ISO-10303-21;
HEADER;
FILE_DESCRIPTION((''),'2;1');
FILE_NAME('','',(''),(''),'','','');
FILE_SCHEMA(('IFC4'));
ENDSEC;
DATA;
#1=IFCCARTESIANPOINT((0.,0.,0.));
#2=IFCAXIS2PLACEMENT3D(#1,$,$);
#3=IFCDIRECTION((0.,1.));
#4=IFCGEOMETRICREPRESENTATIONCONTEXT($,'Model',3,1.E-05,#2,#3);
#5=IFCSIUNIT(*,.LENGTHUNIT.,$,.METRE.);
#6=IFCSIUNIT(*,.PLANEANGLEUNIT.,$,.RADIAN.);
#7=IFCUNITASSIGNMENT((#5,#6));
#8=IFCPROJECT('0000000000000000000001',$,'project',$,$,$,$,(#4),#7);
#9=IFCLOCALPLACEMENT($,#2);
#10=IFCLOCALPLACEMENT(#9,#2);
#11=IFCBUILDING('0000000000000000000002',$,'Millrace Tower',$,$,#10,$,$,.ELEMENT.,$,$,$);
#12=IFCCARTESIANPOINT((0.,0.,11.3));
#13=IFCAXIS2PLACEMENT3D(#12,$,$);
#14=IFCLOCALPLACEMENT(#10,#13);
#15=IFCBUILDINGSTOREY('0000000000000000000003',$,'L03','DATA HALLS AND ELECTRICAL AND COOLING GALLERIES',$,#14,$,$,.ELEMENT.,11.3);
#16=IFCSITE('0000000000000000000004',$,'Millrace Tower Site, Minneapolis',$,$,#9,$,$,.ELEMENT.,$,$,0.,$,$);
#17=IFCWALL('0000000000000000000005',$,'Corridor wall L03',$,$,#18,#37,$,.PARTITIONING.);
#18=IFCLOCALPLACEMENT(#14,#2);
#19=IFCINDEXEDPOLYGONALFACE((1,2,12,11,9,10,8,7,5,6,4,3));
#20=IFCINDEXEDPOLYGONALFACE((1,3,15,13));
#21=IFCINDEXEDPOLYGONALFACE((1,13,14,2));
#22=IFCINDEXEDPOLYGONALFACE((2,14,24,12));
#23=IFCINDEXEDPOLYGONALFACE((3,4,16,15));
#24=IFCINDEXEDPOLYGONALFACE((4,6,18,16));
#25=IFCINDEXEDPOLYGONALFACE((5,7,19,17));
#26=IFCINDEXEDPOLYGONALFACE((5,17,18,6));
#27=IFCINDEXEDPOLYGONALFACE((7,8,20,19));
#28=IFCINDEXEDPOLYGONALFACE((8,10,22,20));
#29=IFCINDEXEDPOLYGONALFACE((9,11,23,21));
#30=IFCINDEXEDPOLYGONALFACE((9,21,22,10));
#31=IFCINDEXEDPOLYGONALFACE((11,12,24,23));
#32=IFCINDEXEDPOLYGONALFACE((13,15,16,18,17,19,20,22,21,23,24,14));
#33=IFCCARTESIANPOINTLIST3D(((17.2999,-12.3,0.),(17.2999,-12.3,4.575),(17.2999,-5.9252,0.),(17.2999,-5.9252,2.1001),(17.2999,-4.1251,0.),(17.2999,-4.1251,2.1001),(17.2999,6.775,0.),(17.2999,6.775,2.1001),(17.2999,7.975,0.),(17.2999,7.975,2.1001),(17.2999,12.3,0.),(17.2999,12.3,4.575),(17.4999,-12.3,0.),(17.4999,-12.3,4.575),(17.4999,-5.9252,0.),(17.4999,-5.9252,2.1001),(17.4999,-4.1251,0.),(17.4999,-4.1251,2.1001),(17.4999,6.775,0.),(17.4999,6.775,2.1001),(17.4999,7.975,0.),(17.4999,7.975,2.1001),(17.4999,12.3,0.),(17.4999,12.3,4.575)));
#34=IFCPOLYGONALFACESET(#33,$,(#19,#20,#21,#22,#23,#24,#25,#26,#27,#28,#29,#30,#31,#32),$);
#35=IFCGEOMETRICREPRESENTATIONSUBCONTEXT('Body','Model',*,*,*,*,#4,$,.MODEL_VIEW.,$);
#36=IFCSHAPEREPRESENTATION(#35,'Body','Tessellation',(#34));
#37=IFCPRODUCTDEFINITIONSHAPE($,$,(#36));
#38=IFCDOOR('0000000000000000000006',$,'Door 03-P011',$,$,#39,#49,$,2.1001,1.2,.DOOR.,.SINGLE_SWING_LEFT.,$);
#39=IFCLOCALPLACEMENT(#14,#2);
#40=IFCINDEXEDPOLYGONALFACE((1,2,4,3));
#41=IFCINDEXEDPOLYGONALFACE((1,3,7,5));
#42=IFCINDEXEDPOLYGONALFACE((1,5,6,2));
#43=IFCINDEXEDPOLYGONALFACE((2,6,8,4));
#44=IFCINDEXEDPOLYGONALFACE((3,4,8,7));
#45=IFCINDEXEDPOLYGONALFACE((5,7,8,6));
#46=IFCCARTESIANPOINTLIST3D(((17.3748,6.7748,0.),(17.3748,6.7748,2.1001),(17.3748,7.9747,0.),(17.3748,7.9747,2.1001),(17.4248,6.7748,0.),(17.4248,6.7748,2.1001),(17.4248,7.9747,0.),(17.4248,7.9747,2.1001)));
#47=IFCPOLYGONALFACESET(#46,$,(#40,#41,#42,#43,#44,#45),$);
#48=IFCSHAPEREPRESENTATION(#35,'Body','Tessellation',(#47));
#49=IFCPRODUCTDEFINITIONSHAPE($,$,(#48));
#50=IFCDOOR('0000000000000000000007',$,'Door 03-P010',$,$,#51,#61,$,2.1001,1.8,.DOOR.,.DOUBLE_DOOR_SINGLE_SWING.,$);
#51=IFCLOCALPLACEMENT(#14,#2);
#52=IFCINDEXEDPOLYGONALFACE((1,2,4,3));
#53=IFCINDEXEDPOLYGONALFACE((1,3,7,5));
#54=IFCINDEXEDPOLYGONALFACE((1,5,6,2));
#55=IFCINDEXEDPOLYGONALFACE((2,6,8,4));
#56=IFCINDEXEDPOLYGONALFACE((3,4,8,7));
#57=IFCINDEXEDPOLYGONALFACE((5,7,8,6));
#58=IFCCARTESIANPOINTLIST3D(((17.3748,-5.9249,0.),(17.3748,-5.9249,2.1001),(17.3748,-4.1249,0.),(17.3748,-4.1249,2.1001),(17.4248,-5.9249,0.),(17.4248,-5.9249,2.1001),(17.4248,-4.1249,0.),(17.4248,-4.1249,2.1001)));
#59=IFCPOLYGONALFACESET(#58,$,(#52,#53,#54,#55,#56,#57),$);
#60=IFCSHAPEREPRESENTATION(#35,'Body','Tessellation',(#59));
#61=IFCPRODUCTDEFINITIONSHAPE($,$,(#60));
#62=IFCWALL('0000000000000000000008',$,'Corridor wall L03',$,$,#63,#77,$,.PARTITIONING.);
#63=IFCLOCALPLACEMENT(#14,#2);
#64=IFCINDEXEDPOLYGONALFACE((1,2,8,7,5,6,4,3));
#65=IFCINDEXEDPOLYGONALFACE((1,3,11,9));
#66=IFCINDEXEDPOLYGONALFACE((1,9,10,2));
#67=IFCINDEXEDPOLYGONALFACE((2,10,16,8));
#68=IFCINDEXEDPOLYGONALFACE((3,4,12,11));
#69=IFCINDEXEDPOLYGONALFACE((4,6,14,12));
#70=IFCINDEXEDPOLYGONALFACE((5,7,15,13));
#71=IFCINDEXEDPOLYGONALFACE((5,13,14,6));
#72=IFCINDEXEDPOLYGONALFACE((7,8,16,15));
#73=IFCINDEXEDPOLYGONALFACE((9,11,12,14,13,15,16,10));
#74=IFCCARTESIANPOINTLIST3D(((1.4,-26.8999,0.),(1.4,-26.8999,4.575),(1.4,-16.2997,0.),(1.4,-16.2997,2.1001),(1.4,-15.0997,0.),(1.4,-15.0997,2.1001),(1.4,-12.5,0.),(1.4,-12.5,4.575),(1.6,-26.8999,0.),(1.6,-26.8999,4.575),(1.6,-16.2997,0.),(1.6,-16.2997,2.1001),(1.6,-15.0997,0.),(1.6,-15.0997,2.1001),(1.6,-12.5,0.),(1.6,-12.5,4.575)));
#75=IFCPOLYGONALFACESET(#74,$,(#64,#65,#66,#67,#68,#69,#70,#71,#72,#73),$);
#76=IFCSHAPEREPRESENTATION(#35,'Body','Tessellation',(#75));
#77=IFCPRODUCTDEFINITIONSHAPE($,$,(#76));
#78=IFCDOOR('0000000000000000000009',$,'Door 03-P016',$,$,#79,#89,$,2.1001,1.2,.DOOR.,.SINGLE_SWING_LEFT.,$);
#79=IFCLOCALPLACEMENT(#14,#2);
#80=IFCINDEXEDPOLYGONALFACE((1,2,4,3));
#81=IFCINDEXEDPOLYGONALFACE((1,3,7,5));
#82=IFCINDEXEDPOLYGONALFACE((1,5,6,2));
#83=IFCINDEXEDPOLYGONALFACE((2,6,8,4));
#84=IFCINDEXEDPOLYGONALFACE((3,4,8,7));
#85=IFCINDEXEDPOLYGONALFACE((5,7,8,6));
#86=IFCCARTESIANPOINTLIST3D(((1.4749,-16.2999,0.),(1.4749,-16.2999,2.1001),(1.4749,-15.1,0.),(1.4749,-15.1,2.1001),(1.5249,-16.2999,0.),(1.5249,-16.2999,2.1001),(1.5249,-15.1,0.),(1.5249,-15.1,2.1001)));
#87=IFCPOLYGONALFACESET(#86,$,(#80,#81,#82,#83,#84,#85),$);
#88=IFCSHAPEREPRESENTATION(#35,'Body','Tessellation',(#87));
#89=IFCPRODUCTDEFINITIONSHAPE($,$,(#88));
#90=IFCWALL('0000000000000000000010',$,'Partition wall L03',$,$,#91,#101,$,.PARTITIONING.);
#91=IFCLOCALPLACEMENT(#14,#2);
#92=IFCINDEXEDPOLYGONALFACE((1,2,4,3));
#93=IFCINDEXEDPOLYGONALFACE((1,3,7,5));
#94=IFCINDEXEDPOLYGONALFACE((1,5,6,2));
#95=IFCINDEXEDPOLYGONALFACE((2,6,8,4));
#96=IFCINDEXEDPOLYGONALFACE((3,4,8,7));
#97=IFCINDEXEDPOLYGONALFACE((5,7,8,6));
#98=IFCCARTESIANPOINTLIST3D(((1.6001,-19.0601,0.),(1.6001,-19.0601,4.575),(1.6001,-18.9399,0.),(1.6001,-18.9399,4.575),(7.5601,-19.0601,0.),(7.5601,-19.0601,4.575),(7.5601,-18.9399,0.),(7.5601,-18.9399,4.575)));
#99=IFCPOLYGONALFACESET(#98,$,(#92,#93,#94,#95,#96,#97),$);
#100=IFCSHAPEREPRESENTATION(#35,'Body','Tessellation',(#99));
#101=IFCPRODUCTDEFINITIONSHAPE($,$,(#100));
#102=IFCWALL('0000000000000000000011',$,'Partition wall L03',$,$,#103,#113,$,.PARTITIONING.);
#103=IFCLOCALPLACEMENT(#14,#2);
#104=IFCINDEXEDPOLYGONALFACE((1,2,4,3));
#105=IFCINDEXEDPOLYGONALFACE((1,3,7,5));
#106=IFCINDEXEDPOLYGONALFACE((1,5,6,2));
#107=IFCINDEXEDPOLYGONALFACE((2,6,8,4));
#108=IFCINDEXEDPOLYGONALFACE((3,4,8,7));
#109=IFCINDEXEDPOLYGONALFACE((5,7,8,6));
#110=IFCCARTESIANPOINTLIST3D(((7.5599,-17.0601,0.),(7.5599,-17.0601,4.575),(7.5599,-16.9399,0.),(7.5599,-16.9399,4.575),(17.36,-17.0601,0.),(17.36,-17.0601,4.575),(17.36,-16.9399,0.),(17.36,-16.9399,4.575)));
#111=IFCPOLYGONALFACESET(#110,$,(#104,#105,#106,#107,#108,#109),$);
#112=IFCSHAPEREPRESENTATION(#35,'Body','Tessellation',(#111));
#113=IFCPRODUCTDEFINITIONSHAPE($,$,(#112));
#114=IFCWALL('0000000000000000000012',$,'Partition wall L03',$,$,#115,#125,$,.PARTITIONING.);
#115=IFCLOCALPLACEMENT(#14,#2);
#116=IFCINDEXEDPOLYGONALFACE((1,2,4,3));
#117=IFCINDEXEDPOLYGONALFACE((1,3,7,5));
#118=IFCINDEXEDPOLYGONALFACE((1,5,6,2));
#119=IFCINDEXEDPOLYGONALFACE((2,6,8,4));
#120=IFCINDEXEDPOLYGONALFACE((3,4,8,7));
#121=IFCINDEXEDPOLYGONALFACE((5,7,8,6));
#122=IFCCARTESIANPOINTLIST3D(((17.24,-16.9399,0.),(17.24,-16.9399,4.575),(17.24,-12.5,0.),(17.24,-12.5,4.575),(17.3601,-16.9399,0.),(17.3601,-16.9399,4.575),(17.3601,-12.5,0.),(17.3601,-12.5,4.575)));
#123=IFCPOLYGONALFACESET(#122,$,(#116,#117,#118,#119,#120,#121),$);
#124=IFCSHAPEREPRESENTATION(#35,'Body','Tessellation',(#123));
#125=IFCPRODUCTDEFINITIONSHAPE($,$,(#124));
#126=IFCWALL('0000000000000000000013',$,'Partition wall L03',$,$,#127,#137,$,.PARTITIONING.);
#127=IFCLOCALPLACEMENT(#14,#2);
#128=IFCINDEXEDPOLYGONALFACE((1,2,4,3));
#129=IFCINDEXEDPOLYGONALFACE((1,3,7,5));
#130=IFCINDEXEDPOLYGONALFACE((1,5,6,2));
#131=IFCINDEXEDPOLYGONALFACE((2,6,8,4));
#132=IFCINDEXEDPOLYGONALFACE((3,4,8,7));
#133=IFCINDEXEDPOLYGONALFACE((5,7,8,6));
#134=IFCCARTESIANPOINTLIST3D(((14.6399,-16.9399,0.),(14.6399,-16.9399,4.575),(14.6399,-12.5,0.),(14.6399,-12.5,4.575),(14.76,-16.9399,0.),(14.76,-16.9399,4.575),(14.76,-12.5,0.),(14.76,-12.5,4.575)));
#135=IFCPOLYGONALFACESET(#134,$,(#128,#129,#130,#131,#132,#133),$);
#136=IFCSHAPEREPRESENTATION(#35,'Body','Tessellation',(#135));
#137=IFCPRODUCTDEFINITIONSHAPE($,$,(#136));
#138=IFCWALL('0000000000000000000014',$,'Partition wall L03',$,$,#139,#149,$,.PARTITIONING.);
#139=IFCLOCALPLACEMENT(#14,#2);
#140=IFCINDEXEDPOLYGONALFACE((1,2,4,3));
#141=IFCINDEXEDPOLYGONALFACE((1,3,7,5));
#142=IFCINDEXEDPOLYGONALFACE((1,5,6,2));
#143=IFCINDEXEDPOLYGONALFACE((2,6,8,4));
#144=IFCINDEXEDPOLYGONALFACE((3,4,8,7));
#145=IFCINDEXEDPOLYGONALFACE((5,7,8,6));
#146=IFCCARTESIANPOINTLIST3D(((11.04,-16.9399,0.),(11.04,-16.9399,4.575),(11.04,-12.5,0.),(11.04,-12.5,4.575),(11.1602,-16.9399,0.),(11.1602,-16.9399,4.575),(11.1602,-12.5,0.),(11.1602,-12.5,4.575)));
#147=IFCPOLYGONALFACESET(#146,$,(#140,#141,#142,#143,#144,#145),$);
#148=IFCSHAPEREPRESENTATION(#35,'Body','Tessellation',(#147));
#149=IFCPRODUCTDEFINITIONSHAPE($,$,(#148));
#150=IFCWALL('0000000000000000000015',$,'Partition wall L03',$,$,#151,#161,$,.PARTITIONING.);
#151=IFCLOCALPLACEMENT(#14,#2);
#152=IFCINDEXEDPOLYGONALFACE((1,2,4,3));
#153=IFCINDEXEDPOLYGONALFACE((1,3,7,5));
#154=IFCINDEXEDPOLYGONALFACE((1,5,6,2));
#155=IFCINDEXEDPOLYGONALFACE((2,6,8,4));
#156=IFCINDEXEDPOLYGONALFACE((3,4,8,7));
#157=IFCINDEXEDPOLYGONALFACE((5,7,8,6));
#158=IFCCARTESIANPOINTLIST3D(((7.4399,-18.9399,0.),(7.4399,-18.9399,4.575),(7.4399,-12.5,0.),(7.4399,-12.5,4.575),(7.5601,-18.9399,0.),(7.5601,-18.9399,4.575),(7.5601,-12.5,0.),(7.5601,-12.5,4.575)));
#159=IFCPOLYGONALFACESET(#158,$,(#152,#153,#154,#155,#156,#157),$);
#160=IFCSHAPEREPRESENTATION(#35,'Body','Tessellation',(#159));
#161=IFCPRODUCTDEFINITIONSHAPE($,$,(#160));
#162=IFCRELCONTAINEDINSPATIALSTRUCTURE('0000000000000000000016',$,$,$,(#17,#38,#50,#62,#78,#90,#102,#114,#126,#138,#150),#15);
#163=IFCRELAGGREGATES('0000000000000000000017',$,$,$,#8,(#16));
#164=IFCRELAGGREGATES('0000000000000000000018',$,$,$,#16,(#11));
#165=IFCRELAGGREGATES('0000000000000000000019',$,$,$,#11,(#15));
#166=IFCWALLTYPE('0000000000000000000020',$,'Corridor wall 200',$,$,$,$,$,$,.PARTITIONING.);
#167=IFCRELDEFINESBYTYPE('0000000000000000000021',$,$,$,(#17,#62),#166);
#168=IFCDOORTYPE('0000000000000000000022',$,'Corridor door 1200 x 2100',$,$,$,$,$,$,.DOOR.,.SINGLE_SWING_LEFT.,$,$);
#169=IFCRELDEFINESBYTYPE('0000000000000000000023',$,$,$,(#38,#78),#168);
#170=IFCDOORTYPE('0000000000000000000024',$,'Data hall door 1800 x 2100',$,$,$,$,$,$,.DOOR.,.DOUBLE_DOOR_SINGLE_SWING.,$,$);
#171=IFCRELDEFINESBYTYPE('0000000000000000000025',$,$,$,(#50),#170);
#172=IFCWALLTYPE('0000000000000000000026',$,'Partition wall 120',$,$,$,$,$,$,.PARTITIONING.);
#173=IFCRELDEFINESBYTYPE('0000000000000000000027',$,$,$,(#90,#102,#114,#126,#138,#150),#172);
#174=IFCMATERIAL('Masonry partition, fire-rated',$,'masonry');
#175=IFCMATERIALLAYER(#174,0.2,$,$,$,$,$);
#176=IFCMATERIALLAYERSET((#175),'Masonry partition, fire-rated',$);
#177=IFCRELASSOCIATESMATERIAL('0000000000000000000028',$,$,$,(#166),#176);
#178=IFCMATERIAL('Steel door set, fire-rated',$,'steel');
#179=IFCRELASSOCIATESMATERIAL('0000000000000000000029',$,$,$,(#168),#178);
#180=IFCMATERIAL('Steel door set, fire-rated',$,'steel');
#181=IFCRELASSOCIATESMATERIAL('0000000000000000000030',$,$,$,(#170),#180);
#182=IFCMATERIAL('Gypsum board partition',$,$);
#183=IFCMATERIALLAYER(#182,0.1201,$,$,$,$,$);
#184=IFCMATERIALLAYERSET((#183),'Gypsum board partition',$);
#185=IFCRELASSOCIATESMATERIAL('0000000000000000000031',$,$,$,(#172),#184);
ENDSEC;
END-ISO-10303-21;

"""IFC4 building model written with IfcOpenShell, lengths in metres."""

from ifc_helpers import new_model, si_unit, direction, frame, frame_2d, origin, place, context, subcontext, project, spatial, rectangle, extrude, material, layer, layer_set, type_object, element, fill, save


model = new_model("IFC4")

# Units and contexts
model_context = context("Model", 3, precision=1e-05, world=origin(), true_north=direction((0.0, 1.0)))
body_context = subcontext(model_context, "Body", "Model", "MODEL_VIEW")
ifc_project = project(units=[si_unit("LENGTHUNIT", "METRE"), si_unit("PLANEANGLEUNIT", "RADIAN")], contexts=[model_context])

# Site, building, storey
site_placement = place(None, origin())
site = spatial("IfcSite", under=ifc_project, at=site_placement, Name="Millrace Tower Site, Minneapolis", CompositionType="ELEMENT", RefElevation=0.0)
building_placement = place(site_placement, origin())
building = spatial("IfcBuilding", under=site, at=building_placement, Name="Millrace Tower", CompositionType="ELEMENT")
storey_placement = place(building_placement, frame((0.0, 0.0, 11.3)))
storey = spatial("IfcBuildingStorey", under=building, at=storey_placement, Name="L03", Description="DATA HALLS AND ELECTRICAL AND COOLING GALLERIES", CompositionType="ELEMENT", Elevation=11.3)

# Wall, openings, doors
ifc_material_1 = material(Name="Masonry partition, fire-rated", Category="masonry")
ifc_layer_1 = layer(ifc_material_1, 0.2)
ifc_layer_set_1 = layer_set([ifc_layer_1], Name="Masonry partition, fire-rated")
wall_type_1 = type_object("IfcWallType", Name="Corridor wall 200", PredefinedType="PARTITIONING", material=ifc_layer_set_1)
wall_1_placement = place(storey_placement, frame((17.3999, -12.3, 0.0), z_axis=(0.0, 0.0, 1.0), x_axis=(0.0, 1.0, 0.0)))
wall_1 = element("IfcWall", 1, at=wall_1_placement, inside=storey, type_object=wall_type_1, Name="Corridor wall L03", PredefinedType="PARTITIONING", context=body_context, shape_type="SweptSolid", body=[
    extrude(rectangle(XDim=24.6001, YDim=0.2, at=frame_2d((12.3, 0.0))), origin(), (0.0, 0.0, 1.0), 4.575),
])
opening_1_placement = place(wall_1_placement, frame((6.375, 0.0, 0.0)))
opening_1 = element("IfcOpeningElement", 2, at=opening_1_placement, cuts=wall_1, PredefinedType="OPENING", context=body_context, shape_type="SweptSolid", body=[
    extrude(rectangle(XDim=1.8, YDim=2.1001, at=frame_2d((0.8999, 1.05))), frame((0.0, 0.1099, 0.0), z_axis=(0.0, -1.0, 0.0), x_axis=(1.0, 0.0, 0.0)), (0.0, 0.0, 1.0), 0.22),
])
opening_2_placement = place(wall_1_placement, frame((19.075, 0.0, 0.0)))
opening_2 = element("IfcOpeningElement", 3, at=opening_2_placement, cuts=wall_1, PredefinedType="OPENING", context=body_context, shape_type="SweptSolid", body=[
    extrude(rectangle(XDim=1.2, YDim=2.1001, at=frame_2d((0.6001, 1.05))), frame((0.0, 0.1099, 0.0), z_axis=(0.0, -1.0, 0.0), x_axis=(1.0, 0.0, 0.0)), (0.0, 0.0, 1.0), 0.22),
])
ifc_material_2 = material(Name="Steel door set, fire-rated", Category="steel")
door_type_1 = type_object("IfcDoorType", Name="Corridor door 1200 x 2100", OperationType="SINGLE_SWING_LEFT", PredefinedType="DOOR", material=ifc_material_2)
door_1_placement = place(opening_2_placement, frame((1.2, 0.0, 0.0), z_axis=(0.0, 0.0, 1.0), x_axis=(-1.0, 0.0, 0.0)))
door_1 = element("IfcDoor", 4, at=door_1_placement, inside=storey, type_object=door_type_1, Name="Door 03-P011", OperationType="SINGLE_SWING_LEFT", OverallHeight=2.1001, OverallWidth=1.2, PredefinedType="DOOR", context=body_context, shape_type="SweptSolid", body=[
    extrude(rectangle(XDim=1.2, YDim=2.1001, at=frame_2d((0.6001, 1.05))), frame((0.0, 0.0249, 0.0), z_axis=(0.0, -1.0, 0.0), x_axis=(1.0, 0.0, 0.0)), (0.0, 0.0, 1.0), 0.05),
])
fill(opening_2, door_1)
ifc_material_3 = material(Name="Steel door set, fire-rated", Category="steel")
door_type_2 = type_object("IfcDoorType", Name="Data hall door 1800 x 2100", OperationType="DOUBLE_DOOR_SINGLE_SWING", PredefinedType="DOOR", material=ifc_material_3)
door_2_placement = place(opening_1_placement, frame((1.8, 0.0, 0.0), z_axis=(0.0, 0.0, 1.0), x_axis=(-1.0, 0.0, 0.0)))
door_2 = element("IfcDoor", 5, at=door_2_placement, inside=storey, type_object=door_type_2, Name="Door 03-P010", OperationType="DOUBLE_DOOR_SINGLE_SWING", OverallHeight=2.1001, OverallWidth=1.8, PredefinedType="DOOR", context=body_context, shape_type="SweptSolid", body=[
    extrude(rectangle(XDim=1.8, YDim=2.1001, at=frame_2d((0.8999, 1.05))), frame((0.0, 0.0249, 0.0), z_axis=(0.0, -1.0, 0.0), x_axis=(1.0, 0.0, 0.0)), (0.0, 0.0, 1.0), 0.05),
])
fill(opening_1, door_2)

# Wall, opening, door
wall_2_placement = place(storey_placement, frame((1.5, -26.8999, 0.0), z_axis=(0.0, 0.0, 1.0), x_axis=(0.0, 1.0, 0.0)))
wall_2 = element("IfcWall", 6, at=wall_2_placement, inside=storey, type_object=wall_type_1, Name="Corridor wall L03", PredefinedType="PARTITIONING", context=body_context, shape_type="SweptSolid", body=[
    extrude(rectangle(XDim=14.3999, YDim=0.2, at=frame_2d((7.2, 0.0))), origin(), (0.0, 0.0, 1.0), 4.575),
])
opening_3_placement = place(wall_2_placement, frame((10.6001, 0.0, 0.0)))
opening_3 = element("IfcOpeningElement", 7, at=opening_3_placement, cuts=wall_2, PredefinedType="OPENING", context=body_context, shape_type="SweptSolid", body=[
    extrude(rectangle(XDim=1.2, YDim=2.1001, at=frame_2d((0.6001, 1.05))), frame((0.0, 0.1099, 0.0), z_axis=(0.0, -1.0, 0.0), x_axis=(1.0, 0.0, 0.0)), (0.0, 0.0, 1.0), 0.22),
])
door_3_placement = place(opening_3_placement, frame((1.2, 0.0, 0.0), z_axis=(0.0, 0.0, 1.0), x_axis=(-1.0, 0.0, 0.0)))
door_3 = element("IfcDoor", 8, at=door_3_placement, inside=storey, type_object=door_type_1, Name="Door 03-P016", OperationType="SINGLE_SWING_LEFT", OverallHeight=2.1001, OverallWidth=1.2, PredefinedType="DOOR", context=body_context, shape_type="SweptSolid", body=[
    extrude(rectangle(XDim=1.2, YDim=2.1001, at=frame_2d((0.6001, 1.05))), frame((0.0, 0.0249, 0.0), z_axis=(0.0, -1.0, 0.0), x_axis=(1.0, 0.0, 0.0)), (0.0, 0.0, 1.0), 0.05),
])
fill(opening_3, door_3)

# Walls
ifc_material_4 = material(Name="Gypsum board partition")
ifc_layer_2 = layer(ifc_material_4, 0.1201)
ifc_layer_set_2 = layer_set([ifc_layer_2], Name="Gypsum board partition")
wall_type_2 = type_object("IfcWallType", Name="Partition wall 120", PredefinedType="PARTITIONING", material=ifc_layer_set_2)
wall_3_placement = place(storey_placement, frame((1.6001, -19.0, 0.0), z_axis=(0.0, 0.0, 1.0), x_axis=(1.0, 0.0, 0.0)))
element("IfcWall", 9, at=wall_3_placement, inside=storey, type_object=wall_type_2, Name="Partition wall L03", PredefinedType="PARTITIONING", context=body_context, shape_type="SweptSolid", body=[
    extrude(rectangle(XDim=5.96, YDim=0.1201, at=frame_2d((2.98, 0.0))), origin(), (0.0, 0.0, 1.0), 4.575),
])
wall_4_placement = place(storey_placement, frame((7.5601, -17.0, 0.0), z_axis=(0.0, 0.0, 1.0), x_axis=(1.0, 0.0, 0.0)))
element("IfcWall", 10, at=wall_4_placement, inside=storey, type_object=wall_type_2, Name="Partition wall L03", PredefinedType="PARTITIONING", context=body_context, shape_type="SweptSolid", body=[
    extrude(rectangle(XDim=9.8, YDim=0.1201, at=frame_2d((4.8999, 0.0))), origin(), (0.0, 0.0, 1.0), 4.575),
])
for number, where, z_axis, x_axis, name in (
    (11, (17.3, -16.9399, 0.0), (0.0, 0.0, 1.0), (0.0, 1.0, 0.0), "Partition wall L03"),
    (12, (14.7, -16.9399, 0.0), (0.0, 0.0, 1.0), (0.0, 1.0, 0.0), "Partition wall L03"),
    (13, (11.1001, -16.9399, 0.0), (0.0, 0.0, 1.0), (0.0, 1.0, 0.0), "Partition wall L03"),
):
    element("IfcWall", number, at=place(storey_placement, frame(where, z_axis=z_axis, x_axis=x_axis)), inside=storey, type_object=wall_type_2, Name=name, PredefinedType="PARTITIONING", context=body_context, shape_type="SweptSolid", body=[
        extrude(rectangle(XDim=4.4399, YDim=0.1201, at=frame_2d((2.22, 0.0))), origin(), (0.0, 0.0, 1.0), 4.575),
    ])
wall_5_placement = place(storey_placement, frame((7.5, -18.9399, 0.0), z_axis=(0.0, 0.0, 1.0), x_axis=(0.0, 1.0, 0.0)))
element("IfcWall", 14, at=wall_5_placement, inside=storey, type_object=wall_type_2, Name="Partition wall L03", PredefinedType="PARTITIONING", context=body_context, shape_type="SweptSolid", body=[
    extrude(rectangle(XDim=6.4399, YDim=0.1201, at=frame_2d((3.22, 0.0))), origin(), (0.0, 0.0, 1.0), 4.575),
])

save(model, "model.ifc")
